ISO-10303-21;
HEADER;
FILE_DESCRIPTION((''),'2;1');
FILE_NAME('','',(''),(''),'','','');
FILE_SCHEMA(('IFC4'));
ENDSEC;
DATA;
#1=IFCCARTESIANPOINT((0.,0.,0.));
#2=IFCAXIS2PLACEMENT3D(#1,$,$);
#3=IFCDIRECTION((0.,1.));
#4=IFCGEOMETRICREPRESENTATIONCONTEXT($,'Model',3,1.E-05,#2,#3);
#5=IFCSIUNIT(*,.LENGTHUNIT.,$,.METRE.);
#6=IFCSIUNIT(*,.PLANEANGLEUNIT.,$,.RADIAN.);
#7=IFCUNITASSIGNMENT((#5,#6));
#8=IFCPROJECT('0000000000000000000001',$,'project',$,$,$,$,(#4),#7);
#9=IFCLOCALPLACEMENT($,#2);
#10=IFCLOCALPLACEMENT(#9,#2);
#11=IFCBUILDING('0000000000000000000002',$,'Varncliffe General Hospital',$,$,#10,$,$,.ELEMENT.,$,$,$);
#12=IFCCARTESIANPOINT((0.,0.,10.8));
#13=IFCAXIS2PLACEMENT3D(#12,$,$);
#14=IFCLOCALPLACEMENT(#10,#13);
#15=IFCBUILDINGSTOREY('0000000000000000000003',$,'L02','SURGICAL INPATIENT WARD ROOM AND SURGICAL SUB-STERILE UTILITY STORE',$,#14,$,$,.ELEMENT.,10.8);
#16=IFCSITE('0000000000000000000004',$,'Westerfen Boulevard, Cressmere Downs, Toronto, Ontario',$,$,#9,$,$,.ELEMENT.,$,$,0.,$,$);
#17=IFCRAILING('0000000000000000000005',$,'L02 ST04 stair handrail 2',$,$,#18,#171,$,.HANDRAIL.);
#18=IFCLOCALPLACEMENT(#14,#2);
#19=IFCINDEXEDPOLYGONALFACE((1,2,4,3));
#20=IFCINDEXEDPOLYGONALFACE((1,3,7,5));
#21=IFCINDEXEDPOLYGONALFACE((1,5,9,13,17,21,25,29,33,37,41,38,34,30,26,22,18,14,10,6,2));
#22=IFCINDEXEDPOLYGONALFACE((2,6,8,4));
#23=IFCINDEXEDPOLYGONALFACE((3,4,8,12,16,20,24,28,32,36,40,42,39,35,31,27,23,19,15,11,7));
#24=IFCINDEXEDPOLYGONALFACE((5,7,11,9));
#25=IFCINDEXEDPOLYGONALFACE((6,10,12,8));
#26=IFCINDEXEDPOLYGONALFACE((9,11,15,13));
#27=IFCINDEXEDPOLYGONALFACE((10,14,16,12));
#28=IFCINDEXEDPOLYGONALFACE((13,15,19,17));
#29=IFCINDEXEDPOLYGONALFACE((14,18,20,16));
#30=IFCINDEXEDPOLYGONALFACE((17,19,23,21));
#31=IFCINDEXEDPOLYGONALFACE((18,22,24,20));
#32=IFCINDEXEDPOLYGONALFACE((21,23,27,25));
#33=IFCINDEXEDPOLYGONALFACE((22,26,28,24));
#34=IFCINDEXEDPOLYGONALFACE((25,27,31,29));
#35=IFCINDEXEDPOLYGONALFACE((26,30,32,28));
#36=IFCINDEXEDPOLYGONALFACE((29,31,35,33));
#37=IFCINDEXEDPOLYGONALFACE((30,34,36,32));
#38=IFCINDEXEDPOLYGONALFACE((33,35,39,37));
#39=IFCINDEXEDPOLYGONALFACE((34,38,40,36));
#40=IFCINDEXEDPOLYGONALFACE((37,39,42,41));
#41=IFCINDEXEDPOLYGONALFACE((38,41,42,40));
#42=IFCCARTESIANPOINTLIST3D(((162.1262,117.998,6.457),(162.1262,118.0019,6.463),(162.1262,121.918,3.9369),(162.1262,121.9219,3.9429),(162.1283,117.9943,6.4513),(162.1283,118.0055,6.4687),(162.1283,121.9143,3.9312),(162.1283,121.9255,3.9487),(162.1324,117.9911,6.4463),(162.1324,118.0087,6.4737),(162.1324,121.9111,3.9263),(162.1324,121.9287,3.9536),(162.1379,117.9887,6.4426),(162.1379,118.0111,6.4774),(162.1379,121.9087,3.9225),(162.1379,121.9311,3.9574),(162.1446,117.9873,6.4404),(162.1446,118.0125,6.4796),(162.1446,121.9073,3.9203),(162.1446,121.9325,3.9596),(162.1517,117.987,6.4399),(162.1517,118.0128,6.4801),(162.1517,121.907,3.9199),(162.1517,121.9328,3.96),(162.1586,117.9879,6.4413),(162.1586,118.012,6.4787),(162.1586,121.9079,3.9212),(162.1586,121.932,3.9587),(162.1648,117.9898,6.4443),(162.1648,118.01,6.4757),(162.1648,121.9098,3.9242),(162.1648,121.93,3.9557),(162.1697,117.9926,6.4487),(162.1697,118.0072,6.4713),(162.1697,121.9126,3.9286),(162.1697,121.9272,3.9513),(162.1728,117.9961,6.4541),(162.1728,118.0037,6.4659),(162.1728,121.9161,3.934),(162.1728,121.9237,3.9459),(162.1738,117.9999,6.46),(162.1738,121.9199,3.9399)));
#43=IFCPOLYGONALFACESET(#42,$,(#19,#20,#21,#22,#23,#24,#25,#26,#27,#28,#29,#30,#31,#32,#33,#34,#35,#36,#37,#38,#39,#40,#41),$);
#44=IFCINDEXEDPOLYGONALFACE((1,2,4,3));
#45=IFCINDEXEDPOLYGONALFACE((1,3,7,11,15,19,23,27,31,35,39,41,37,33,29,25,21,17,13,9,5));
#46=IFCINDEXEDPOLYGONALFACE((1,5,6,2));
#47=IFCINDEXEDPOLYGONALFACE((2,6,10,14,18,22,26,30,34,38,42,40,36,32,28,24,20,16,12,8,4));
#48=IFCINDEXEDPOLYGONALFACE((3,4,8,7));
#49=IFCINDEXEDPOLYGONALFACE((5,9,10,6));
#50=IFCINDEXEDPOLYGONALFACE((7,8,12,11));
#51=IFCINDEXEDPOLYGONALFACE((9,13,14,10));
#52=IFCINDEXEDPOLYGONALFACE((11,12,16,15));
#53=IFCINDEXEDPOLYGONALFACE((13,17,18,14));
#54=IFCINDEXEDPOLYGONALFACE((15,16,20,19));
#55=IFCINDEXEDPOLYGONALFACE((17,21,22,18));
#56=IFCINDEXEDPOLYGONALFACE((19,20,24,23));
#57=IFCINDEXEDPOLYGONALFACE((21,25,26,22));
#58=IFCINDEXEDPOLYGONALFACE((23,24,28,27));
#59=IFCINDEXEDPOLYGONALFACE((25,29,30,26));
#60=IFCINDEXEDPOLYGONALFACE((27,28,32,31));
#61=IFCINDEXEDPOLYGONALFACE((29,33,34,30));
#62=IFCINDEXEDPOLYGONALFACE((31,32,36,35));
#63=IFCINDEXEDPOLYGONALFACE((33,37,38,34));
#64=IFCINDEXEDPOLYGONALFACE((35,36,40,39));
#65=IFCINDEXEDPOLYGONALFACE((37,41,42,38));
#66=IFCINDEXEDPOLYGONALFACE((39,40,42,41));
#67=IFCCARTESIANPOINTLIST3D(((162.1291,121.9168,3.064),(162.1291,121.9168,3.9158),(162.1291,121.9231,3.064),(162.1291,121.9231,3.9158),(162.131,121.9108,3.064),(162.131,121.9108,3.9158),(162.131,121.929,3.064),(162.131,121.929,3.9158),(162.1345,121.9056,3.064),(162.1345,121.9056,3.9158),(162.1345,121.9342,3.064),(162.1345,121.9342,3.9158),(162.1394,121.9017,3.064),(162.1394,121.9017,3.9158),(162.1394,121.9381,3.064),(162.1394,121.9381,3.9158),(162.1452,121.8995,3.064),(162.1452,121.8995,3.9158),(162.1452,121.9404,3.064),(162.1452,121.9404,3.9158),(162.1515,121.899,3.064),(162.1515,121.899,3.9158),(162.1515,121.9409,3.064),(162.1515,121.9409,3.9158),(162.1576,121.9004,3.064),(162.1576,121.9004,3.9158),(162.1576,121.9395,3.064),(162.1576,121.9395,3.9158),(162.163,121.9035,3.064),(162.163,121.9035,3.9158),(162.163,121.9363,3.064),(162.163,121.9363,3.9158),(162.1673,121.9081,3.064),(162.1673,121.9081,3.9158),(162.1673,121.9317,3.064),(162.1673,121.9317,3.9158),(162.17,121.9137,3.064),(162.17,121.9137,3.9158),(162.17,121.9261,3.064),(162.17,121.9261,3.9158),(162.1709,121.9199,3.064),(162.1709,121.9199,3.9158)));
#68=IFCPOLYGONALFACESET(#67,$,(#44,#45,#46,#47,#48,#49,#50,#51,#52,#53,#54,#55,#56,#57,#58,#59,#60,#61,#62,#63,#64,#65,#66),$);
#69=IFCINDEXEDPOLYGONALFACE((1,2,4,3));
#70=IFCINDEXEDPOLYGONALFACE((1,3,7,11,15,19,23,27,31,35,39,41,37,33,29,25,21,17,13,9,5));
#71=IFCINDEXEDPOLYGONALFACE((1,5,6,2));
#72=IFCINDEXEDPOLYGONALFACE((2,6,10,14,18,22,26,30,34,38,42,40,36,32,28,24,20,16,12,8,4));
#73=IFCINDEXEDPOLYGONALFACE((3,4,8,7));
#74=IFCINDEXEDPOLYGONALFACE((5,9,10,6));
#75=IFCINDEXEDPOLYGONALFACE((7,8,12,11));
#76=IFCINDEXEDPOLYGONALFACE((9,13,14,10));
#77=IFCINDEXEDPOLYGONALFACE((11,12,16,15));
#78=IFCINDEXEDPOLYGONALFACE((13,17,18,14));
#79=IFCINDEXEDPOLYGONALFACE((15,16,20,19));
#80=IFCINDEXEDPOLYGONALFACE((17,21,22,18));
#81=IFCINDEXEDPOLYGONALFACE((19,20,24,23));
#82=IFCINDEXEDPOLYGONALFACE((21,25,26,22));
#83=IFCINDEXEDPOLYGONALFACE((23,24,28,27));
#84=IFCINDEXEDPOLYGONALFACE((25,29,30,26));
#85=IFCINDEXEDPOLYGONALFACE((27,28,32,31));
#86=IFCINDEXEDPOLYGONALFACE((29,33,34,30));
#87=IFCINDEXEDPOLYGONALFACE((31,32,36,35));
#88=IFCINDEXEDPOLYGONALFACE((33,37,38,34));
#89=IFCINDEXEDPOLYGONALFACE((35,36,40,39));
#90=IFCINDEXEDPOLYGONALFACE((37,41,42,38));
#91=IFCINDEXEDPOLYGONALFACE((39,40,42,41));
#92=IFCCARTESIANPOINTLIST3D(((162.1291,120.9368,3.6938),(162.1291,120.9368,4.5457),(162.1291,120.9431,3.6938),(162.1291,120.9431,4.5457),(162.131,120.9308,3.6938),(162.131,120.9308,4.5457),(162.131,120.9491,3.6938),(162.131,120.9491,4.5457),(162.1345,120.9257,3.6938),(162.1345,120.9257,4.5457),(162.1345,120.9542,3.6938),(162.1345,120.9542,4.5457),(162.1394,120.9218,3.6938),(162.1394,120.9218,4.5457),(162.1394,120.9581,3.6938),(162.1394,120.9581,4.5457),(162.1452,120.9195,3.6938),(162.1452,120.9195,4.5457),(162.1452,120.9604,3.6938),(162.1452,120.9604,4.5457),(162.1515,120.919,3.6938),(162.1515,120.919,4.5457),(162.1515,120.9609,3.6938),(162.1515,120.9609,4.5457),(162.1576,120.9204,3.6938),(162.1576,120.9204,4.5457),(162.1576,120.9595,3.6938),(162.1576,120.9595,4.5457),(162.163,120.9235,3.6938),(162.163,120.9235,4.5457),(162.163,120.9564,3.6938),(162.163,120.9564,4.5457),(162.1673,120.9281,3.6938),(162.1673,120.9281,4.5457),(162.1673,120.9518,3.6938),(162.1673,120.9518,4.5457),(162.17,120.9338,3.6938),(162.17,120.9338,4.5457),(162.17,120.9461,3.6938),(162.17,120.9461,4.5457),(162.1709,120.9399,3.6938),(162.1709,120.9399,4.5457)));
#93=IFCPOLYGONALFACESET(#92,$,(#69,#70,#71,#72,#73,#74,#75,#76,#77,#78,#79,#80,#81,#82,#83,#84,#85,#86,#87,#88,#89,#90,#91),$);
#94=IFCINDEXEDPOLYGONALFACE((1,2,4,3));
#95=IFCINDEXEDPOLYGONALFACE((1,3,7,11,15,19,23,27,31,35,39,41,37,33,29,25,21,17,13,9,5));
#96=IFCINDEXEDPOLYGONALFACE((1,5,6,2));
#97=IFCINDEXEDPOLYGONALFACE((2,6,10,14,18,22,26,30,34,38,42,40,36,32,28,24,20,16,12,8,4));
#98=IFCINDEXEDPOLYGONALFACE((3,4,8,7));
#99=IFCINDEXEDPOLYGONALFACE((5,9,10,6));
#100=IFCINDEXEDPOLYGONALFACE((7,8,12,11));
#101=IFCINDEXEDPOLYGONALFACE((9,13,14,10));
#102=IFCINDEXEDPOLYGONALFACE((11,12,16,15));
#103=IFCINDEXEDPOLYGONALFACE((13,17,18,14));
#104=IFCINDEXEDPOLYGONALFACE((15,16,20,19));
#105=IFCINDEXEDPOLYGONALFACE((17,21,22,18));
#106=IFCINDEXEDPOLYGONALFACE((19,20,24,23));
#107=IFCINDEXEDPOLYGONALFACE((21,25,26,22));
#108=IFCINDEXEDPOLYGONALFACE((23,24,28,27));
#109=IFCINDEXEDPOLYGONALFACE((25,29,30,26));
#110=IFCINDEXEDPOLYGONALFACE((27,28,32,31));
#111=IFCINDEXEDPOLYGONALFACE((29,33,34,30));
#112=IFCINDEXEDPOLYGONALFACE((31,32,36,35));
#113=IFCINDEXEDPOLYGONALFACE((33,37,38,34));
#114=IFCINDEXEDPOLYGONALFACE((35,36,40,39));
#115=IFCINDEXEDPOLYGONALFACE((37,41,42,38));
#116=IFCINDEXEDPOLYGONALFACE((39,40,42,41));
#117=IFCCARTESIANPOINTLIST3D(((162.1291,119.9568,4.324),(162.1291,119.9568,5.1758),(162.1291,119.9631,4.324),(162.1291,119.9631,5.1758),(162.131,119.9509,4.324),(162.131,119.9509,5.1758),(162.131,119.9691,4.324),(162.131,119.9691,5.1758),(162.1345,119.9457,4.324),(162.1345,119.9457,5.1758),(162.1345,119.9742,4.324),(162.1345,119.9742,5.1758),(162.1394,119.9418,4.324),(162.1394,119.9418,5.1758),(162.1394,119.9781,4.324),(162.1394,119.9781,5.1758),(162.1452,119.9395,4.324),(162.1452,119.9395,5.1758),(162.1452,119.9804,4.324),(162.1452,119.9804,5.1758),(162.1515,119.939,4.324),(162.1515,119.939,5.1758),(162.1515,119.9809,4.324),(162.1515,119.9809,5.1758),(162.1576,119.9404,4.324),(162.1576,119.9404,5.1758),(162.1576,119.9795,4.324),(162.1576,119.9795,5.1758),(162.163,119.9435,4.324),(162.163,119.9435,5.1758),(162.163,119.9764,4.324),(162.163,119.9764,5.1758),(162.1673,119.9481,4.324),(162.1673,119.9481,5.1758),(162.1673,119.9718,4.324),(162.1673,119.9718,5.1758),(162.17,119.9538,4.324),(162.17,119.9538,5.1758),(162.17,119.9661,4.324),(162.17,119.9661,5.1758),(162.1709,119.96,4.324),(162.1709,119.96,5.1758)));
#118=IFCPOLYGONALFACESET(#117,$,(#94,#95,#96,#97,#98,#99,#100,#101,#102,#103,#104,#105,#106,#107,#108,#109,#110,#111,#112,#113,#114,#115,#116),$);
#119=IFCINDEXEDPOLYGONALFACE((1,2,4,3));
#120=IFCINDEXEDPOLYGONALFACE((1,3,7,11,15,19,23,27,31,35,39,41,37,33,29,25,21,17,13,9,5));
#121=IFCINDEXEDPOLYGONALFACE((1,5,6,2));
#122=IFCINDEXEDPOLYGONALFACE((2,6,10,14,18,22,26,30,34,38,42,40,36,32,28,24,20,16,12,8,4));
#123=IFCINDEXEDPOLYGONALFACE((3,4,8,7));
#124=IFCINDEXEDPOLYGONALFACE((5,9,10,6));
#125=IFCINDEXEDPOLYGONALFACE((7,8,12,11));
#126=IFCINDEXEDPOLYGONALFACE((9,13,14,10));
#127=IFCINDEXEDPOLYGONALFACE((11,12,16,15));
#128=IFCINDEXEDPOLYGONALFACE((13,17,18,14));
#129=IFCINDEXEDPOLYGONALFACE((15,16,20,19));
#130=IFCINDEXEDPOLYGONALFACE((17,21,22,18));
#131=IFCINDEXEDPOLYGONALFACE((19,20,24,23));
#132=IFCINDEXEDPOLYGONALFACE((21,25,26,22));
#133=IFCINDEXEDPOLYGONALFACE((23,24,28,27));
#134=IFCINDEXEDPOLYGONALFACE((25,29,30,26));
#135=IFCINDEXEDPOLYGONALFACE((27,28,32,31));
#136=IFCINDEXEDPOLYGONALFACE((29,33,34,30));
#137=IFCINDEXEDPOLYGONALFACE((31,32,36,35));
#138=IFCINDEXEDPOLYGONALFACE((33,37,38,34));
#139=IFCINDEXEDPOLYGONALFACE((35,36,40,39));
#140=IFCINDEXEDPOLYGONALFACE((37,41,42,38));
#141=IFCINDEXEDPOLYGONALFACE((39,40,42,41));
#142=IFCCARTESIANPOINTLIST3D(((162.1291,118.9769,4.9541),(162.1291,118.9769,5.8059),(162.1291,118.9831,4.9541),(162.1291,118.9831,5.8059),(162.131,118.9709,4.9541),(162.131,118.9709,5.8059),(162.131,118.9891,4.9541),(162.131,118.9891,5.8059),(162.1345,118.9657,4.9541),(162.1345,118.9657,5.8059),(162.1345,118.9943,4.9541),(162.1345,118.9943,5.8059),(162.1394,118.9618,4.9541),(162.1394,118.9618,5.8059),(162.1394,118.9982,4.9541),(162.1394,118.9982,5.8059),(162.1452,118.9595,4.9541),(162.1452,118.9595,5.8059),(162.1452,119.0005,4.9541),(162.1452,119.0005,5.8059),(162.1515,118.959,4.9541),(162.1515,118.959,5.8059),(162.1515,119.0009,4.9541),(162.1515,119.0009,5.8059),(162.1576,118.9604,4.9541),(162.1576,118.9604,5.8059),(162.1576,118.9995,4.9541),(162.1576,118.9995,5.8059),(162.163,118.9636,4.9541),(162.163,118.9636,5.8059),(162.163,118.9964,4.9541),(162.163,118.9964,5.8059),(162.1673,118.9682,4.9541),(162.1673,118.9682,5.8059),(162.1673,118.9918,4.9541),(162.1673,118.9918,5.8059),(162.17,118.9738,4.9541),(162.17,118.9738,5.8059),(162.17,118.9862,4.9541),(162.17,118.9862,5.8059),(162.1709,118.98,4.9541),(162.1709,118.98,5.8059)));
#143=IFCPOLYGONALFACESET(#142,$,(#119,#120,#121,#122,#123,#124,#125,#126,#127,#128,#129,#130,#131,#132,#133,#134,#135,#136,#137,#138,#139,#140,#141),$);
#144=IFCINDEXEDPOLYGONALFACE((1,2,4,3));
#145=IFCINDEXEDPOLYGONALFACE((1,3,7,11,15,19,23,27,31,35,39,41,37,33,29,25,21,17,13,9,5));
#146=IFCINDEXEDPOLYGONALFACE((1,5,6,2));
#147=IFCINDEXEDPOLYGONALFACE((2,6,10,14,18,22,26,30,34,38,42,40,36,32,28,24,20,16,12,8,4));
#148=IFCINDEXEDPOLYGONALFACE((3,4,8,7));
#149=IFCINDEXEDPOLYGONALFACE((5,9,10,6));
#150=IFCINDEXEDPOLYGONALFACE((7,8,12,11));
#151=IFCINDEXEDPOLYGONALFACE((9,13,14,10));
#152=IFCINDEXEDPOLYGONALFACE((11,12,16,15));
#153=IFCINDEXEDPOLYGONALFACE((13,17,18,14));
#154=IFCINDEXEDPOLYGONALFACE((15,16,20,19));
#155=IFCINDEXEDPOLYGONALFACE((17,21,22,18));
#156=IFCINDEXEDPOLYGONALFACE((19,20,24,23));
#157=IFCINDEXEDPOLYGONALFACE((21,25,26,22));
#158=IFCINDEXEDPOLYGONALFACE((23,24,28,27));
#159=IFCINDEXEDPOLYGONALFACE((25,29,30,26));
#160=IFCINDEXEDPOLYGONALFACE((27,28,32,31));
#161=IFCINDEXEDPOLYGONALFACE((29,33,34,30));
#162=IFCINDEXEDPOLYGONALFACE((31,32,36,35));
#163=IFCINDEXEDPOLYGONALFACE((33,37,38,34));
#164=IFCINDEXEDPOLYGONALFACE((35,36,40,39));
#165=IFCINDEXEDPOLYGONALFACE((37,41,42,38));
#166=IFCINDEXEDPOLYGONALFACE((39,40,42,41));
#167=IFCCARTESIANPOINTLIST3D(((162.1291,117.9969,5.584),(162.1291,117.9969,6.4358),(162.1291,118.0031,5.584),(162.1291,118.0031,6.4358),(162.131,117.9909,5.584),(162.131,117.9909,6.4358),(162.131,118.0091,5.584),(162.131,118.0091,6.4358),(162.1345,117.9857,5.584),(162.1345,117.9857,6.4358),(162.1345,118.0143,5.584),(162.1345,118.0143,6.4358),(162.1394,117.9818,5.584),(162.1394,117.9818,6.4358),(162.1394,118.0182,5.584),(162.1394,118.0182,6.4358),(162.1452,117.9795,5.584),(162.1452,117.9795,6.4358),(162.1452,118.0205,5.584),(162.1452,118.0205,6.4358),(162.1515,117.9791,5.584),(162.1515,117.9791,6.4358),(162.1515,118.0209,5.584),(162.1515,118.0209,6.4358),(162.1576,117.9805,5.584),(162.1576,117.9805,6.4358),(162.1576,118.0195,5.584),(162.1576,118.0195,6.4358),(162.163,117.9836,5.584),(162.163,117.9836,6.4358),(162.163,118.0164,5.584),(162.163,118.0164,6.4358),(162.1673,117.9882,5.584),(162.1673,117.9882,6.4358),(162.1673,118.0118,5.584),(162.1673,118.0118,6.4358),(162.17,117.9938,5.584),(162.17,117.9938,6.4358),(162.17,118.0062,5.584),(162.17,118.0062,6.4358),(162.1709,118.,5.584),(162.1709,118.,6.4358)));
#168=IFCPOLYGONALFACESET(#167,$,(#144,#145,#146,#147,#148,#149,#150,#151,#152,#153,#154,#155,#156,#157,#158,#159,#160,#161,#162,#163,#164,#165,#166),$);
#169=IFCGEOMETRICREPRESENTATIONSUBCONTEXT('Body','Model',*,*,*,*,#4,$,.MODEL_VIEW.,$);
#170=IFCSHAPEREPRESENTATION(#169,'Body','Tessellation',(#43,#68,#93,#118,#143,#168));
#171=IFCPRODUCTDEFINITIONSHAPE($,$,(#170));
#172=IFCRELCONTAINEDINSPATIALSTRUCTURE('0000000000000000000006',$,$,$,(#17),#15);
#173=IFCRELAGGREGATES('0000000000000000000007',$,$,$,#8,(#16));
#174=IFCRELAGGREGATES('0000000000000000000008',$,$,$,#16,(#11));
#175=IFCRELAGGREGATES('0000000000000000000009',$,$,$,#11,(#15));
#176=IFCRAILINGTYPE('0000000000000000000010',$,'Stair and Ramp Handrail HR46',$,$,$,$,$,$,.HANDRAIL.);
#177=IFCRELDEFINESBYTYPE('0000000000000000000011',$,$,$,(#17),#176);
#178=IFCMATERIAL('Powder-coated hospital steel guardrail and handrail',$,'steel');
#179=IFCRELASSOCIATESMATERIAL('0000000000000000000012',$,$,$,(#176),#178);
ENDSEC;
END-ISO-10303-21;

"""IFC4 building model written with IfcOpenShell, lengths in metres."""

from ifc_helpers import new_model, si_unit, direction, frame, origin, origin_2d, place, context, subcontext, project, spatial, circle, extrude, material, type_object, element, save


model = new_model("IFC4")

# Units and contexts
model_context = context("Model", 3, precision=1e-05, world=origin(), true_north=direction((0.0, 1.0)))
body_context = subcontext(model_context, "Body", "Model", "MODEL_VIEW")
ifc_project = project(units=[si_unit("LENGTHUNIT", "METRE"), si_unit("PLANEANGLEUNIT", "RADIAN")], contexts=[model_context])

# Site, building, storey
site_placement = place(None, origin())
site = spatial("IfcSite", under=ifc_project, at=site_placement, Name="Westerfen Boulevard, Cressmere Downs, Toronto, Ontario", CompositionType="ELEMENT", RefElevation=0.0)
building_placement = place(site_placement, origin())
building = spatial("IfcBuilding", under=site, at=building_placement, Name="Varncliffe General Hospital", CompositionType="ELEMENT")
storey_placement = place(building_placement, frame((0.0, 0.0, 10.8)))
storey = spatial("IfcBuildingStorey", under=building, at=storey_placement, Name="L02", Description="SURGICAL INPATIENT WARD ROOM AND SURGICAL SUB-STERILE UTILITY STORE", CompositionType="ELEMENT", Elevation=10.8)

# Railing
ifc_material_1 = material(Name="Powder-coated hospital steel guardrail and handrail", Category="steel")
railing_type_1 = type_object("IfcRailingType", Name="Stair and Ramp Handrail HR46", PredefinedType="HANDRAIL", material=ifc_material_1)
railing_1_placement = place(storey_placement, frame((162.1499, 121.9199, 3.064)))
element("IfcRailing", 1, at=railing_1_placement, inside=storey, type_object=railing_type_1, Name="L02 ST04 stair handrail 2", PredefinedType="HANDRAIL", context=body_context, shape_type="SweptSolid", body=[
    extrude(circle(Radius=0.0239, at=origin_2d()), frame((0.0, 0.0, 0.876), z_axis=(0.0, -0.841172, 0.540768), x_axis=(1.0, 0.0, 0.0)), (0.0, 0.0, 1.0), 4.6602),
    extrude(circle(Radius=0.021, at=origin_2d()), origin(), (0.0, 0.0, 1.0), 0.8518),
    extrude(circle(Radius=0.021, at=origin_2d()), frame((0.0, -0.98, 0.6299)), (0.0, 0.0, 1.0), 0.8518),
    extrude(circle(Radius=0.021, at=origin_2d()), frame((0.0, -1.96, 1.26)), (0.0, 0.0, 1.0), 0.8518),
    extrude(circle(Radius=0.021, at=origin_2d()), frame((0.0, -2.9399, 1.8901)), (0.0, 0.0, 1.0), 0.8518),
    extrude(circle(Radius=0.021, at=origin_2d()), frame((0.0, -3.9199, 2.52)), (0.0, 0.0, 1.0), 0.8518),
])

save(model, "model.ifc")
